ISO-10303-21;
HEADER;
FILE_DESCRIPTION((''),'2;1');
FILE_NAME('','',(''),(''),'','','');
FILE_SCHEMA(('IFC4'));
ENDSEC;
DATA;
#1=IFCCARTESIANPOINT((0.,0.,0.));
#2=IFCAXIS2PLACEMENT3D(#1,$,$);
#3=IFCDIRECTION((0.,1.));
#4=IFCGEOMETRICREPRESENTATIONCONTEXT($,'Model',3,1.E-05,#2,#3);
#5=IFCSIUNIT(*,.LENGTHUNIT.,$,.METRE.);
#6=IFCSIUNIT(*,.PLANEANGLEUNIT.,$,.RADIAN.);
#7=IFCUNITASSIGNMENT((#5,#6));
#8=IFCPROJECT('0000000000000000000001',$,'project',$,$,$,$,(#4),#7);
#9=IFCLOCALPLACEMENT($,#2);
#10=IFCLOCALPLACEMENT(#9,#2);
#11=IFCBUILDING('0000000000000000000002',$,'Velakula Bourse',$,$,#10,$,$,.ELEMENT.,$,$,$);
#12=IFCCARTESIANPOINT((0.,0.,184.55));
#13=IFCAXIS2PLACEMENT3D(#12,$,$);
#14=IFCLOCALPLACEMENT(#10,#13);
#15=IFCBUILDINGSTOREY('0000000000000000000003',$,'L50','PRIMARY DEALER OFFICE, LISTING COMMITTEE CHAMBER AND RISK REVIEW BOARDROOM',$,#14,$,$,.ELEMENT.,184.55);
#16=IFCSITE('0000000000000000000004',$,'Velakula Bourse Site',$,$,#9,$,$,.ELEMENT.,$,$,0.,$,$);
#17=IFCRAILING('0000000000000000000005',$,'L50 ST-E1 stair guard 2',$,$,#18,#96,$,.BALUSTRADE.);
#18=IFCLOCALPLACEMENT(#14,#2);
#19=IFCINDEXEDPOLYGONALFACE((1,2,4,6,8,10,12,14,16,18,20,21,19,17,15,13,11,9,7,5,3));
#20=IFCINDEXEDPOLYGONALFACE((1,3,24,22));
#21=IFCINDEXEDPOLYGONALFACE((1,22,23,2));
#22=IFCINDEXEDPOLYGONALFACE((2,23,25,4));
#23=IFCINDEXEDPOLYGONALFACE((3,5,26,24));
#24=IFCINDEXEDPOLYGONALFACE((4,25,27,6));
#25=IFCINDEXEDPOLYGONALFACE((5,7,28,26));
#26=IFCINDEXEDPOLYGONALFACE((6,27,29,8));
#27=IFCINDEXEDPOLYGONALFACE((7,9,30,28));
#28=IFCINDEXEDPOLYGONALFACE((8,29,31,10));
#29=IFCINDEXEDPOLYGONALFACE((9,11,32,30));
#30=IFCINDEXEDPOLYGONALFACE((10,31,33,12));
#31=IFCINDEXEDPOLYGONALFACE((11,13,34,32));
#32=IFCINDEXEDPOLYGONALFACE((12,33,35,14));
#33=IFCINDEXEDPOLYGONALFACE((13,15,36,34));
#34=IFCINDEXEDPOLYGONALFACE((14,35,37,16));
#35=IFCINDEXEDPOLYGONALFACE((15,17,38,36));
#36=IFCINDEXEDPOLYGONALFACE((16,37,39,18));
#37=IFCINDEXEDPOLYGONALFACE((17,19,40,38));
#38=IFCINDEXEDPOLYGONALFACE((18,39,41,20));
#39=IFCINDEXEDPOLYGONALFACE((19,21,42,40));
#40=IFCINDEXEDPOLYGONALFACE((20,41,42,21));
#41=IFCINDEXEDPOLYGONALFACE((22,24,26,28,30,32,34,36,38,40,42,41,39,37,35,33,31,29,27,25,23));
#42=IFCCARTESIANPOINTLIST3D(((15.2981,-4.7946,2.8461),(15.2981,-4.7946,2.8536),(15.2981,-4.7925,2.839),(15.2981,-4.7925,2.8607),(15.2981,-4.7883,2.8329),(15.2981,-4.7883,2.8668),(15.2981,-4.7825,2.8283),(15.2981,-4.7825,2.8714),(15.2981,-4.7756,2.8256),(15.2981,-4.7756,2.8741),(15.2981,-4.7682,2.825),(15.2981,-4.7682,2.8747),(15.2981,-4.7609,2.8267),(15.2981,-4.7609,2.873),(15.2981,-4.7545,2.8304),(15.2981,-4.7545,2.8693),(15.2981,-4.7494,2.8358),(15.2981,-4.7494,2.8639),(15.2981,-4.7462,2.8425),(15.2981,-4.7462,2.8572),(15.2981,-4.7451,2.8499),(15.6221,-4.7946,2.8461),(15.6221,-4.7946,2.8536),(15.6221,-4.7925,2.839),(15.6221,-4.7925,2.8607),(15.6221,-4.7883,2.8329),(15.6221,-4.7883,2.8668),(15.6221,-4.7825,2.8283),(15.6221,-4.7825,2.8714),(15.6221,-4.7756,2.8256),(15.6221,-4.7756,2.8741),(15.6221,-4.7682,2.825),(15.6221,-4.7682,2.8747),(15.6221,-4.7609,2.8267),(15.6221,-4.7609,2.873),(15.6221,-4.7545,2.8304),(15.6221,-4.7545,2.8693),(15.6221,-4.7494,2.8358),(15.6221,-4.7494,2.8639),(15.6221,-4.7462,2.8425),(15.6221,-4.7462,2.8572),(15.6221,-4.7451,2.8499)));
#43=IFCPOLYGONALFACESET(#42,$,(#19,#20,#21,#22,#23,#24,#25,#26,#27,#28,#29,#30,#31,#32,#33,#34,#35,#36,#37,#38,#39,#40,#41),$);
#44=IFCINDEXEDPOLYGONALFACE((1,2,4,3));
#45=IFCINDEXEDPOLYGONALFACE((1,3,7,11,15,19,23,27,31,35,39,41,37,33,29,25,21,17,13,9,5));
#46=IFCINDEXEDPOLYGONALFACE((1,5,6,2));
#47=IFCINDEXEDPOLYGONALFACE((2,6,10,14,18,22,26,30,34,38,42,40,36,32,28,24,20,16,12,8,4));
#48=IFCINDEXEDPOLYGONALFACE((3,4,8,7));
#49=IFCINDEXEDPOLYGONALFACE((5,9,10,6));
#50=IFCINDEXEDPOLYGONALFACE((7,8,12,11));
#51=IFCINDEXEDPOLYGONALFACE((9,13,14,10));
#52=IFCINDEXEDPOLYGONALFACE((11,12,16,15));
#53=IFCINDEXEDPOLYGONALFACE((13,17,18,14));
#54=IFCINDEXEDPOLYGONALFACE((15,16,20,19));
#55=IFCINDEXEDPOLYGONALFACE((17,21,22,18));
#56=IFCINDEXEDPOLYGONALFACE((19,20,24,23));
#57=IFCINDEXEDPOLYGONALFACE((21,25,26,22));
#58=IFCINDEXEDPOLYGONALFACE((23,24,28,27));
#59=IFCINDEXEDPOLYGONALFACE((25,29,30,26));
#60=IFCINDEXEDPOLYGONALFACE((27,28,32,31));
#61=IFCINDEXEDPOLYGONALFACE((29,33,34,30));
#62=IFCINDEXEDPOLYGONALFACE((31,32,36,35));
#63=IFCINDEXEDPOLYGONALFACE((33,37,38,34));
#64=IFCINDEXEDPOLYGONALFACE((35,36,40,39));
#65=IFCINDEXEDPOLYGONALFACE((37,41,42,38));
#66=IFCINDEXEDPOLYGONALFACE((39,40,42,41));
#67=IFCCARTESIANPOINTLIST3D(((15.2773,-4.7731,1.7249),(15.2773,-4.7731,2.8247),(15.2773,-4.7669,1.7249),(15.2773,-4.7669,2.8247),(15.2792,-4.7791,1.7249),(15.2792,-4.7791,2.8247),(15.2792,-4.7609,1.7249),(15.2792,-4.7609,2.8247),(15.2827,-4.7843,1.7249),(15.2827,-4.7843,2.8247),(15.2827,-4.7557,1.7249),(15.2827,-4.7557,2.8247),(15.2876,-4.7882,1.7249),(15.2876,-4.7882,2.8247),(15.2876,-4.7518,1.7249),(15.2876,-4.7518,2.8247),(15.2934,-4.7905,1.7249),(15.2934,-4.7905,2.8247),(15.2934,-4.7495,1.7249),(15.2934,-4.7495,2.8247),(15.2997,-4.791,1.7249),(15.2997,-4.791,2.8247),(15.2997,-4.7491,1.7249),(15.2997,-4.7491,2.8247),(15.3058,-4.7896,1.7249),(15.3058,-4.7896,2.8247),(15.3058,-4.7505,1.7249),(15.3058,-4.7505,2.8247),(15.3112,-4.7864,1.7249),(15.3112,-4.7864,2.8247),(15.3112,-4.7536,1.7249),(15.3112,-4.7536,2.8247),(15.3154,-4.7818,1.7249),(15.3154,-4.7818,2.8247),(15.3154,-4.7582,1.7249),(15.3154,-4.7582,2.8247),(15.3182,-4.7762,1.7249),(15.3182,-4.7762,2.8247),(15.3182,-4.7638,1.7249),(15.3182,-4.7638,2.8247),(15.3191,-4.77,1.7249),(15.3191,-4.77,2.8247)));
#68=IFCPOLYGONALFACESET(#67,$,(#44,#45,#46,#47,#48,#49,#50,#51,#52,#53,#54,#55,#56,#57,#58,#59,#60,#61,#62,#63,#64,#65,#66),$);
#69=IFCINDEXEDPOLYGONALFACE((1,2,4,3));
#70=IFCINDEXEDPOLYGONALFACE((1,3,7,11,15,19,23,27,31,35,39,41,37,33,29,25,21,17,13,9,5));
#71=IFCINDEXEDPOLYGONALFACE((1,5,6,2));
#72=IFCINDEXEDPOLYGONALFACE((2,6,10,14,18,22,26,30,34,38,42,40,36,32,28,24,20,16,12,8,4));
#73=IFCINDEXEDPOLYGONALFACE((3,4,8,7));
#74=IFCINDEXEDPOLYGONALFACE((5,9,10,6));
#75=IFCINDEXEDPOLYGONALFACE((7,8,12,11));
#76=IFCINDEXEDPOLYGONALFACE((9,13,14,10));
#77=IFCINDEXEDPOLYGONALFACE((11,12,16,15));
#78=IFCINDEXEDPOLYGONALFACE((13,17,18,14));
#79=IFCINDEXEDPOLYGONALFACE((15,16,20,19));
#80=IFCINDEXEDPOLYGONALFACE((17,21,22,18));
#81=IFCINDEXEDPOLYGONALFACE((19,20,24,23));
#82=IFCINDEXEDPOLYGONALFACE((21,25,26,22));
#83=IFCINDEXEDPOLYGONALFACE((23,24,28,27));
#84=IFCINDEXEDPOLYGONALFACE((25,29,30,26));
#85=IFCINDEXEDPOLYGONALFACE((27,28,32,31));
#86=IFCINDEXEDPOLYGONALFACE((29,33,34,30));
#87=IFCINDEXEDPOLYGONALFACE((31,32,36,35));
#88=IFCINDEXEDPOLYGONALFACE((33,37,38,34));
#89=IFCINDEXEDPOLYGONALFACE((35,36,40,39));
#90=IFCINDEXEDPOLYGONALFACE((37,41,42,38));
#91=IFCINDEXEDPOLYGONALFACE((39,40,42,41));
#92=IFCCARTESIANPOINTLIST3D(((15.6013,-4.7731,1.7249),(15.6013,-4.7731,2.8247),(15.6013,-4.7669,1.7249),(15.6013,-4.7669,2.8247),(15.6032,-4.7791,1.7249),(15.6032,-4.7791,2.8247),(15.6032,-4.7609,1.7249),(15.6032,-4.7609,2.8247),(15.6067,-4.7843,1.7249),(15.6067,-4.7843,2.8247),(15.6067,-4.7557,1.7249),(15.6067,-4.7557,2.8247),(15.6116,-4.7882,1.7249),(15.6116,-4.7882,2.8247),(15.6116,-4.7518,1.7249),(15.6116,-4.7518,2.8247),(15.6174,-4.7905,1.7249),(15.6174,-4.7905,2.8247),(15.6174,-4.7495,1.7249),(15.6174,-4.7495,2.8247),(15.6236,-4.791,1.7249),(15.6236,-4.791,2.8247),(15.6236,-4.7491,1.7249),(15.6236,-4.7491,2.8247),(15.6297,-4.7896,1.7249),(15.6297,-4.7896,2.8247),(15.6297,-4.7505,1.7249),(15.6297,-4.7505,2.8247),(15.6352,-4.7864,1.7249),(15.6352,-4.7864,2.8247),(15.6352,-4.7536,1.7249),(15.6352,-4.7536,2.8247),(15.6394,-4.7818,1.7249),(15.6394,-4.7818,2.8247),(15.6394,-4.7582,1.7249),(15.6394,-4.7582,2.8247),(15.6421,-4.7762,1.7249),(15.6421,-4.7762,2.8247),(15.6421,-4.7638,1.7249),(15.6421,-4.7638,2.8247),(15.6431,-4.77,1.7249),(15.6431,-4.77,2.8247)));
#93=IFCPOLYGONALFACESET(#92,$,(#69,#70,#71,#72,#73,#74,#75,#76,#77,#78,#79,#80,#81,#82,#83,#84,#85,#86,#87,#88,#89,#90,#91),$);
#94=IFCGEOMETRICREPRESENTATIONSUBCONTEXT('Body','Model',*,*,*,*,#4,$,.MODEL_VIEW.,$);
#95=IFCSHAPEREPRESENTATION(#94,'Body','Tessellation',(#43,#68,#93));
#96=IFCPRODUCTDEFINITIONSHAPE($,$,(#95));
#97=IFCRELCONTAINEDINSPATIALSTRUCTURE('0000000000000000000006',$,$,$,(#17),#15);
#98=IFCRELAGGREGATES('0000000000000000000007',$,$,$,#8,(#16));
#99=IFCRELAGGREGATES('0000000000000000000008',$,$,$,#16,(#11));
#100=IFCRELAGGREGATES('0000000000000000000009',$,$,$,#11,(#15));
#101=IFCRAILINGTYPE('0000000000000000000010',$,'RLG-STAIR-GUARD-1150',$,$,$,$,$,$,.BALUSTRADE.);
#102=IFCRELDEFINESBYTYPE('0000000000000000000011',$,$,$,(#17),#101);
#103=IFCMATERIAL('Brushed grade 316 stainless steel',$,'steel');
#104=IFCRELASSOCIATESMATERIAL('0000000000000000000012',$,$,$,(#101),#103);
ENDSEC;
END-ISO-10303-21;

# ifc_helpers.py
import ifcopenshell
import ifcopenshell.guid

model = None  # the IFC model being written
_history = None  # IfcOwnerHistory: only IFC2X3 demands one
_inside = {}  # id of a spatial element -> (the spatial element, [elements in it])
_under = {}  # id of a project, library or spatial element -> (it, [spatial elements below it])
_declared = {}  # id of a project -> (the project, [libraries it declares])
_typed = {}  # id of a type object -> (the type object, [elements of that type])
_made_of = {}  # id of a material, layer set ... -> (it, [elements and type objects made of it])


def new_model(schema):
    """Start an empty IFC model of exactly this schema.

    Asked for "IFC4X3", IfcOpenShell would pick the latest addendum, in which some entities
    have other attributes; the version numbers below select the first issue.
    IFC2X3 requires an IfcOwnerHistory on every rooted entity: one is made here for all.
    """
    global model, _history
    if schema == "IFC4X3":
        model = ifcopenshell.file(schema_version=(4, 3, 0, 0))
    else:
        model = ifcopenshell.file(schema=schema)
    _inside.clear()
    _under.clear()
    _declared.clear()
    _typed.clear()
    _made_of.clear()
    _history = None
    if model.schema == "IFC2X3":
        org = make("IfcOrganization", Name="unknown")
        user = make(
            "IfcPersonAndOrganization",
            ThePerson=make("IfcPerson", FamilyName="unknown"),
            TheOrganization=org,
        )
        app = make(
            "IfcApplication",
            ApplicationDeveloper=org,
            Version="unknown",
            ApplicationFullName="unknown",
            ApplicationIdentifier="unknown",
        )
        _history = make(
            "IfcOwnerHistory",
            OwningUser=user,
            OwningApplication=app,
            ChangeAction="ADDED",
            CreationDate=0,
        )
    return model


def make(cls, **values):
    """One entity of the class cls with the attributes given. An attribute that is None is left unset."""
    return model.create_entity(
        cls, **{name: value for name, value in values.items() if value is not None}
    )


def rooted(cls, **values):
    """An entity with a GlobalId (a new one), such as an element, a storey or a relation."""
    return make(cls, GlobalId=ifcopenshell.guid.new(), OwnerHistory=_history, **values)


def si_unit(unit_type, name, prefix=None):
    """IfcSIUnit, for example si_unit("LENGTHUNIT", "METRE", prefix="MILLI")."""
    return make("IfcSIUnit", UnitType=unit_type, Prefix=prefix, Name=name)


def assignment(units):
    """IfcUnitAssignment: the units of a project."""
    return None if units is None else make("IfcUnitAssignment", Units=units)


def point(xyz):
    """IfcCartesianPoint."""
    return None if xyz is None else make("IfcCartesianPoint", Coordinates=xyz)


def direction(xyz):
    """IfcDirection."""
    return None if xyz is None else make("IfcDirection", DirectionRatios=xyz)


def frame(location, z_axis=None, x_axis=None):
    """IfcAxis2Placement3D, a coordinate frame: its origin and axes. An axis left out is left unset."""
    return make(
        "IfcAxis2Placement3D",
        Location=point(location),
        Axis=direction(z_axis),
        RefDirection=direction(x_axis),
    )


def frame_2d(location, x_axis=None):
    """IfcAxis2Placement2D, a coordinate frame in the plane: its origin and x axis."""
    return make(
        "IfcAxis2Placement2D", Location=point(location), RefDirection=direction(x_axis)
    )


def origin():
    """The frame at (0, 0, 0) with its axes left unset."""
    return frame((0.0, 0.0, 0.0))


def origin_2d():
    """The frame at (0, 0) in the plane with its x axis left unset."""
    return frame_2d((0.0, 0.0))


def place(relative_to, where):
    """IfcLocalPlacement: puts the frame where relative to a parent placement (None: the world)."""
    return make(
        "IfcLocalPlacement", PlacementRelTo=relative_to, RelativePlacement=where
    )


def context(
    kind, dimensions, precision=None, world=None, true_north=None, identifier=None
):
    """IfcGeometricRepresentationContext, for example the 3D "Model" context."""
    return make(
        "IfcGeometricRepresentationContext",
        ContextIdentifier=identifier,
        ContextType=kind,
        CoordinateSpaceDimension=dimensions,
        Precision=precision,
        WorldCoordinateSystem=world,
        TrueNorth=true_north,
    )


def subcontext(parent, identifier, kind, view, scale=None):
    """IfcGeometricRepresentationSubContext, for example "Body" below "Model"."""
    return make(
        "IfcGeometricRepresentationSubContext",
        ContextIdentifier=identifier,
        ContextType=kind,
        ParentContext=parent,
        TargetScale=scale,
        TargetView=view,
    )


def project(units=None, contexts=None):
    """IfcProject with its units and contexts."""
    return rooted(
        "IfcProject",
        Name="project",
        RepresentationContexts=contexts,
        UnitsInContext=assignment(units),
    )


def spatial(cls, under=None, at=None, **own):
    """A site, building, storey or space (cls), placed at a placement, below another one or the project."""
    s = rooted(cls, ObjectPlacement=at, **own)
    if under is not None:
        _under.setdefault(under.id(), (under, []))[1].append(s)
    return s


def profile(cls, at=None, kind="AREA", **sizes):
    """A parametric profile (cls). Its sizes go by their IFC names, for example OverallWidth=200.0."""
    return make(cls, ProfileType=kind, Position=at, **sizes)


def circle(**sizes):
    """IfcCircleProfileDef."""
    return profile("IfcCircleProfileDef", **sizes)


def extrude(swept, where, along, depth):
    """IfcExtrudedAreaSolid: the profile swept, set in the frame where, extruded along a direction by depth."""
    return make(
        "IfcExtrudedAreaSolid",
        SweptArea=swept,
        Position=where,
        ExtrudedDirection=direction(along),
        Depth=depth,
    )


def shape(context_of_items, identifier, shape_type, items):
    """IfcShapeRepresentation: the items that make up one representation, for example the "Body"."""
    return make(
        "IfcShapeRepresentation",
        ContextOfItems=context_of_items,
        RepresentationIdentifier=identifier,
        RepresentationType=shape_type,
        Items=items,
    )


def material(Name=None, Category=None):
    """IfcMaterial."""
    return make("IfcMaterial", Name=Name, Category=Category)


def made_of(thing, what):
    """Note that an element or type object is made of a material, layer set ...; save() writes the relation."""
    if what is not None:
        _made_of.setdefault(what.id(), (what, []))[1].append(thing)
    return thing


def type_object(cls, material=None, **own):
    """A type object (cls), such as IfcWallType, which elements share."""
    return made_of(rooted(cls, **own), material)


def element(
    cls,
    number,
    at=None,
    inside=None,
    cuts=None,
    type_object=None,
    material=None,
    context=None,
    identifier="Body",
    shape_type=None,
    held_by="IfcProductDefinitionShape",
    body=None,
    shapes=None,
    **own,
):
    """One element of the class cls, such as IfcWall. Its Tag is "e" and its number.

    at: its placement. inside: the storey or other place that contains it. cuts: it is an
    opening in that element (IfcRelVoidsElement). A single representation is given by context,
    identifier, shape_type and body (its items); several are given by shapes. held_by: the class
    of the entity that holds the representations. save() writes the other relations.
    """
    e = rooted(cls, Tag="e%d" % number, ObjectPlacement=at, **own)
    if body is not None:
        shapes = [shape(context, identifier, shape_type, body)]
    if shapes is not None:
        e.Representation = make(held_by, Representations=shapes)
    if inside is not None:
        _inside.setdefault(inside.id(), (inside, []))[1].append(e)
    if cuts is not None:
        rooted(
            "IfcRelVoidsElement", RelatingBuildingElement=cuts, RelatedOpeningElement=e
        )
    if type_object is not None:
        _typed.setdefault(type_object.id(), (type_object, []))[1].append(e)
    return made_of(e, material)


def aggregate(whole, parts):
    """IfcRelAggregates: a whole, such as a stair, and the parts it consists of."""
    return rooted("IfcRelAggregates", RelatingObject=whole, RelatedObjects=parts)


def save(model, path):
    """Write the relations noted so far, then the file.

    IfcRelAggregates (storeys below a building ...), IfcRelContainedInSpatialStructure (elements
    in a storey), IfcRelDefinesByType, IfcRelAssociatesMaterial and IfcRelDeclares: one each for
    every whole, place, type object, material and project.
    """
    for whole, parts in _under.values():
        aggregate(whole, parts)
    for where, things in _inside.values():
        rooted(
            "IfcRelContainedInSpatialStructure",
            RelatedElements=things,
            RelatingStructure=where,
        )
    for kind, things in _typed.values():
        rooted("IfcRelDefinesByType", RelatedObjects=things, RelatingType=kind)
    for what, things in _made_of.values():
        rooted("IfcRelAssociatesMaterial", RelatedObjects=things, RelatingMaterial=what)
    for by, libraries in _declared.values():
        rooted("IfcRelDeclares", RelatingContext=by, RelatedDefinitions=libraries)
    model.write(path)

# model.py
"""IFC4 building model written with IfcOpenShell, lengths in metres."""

from ifc_helpers import new_model, si_unit, direction, frame, origin, origin_2d, place, context, subcontext, project, spatial, circle, extrude, material, type_object, element, save


model = new_model("IFC4")

# Units and contexts
model_context = context("Model", 3, precision=1e-05, world=origin(), true_north=direction((0.0, 1.0)))
body_context = subcontext(model_context, "Body", "Model", "MODEL_VIEW")
ifc_project = project(units=[si_unit("LENGTHUNIT", "METRE"), si_unit("PLANEANGLEUNIT", "RADIAN")], contexts=[model_context])

# Site, building, storey
site_placement = place(None, origin())
site = spatial("IfcSite", under=ifc_project, at=site_placement, Name="Velakula Bourse Site", CompositionType="ELEMENT", RefElevation=0.0)
building_placement = place(site_placement, origin())
building = spatial("IfcBuilding", under=site, at=building_placement, Name="Velakula Bourse", CompositionType="ELEMENT")
storey_placement = place(building_placement, frame((0.0, 0.0, 184.55)))
storey = spatial("IfcBuildingStorey", under=building, at=storey_placement, Name="L50", Description="PRIMARY DEALER OFFICE, LISTING COMMITTEE CHAMBER AND RISK REVIEW BOARDROOM", CompositionType="ELEMENT", Elevation=184.55)

# Shared definitions
ifc_material_1 = material(Name="Brushed grade 316 stainless steel", Category="steel")

# Railing
railing_type_1 = type_object("IfcRailingType", Name="RLG-STAIR-GUARD-1150", PredefinedType="BALUSTRADE", material=ifc_material_1)
railing_1_placement = place(storey_placement, frame((15.2981, -4.77, 1.7249)))
element("IfcRailing", 1, at=railing_1_placement, inside=storey, type_object=railing_type_1, Name="L50 ST-E1 stair guard 2", PredefinedType="BALUSTRADE", context=body_context, shape_type="SweptSolid", body=[
    extrude(circle(Radius=0.0249, at=origin_2d()), frame((0.0, 0.0, 1.125), z_axis=(1.0, 0.0, 0.0), x_axis=(0.0, 1.0, 0.0)), (0.0, 0.0, 1.0), 0.324),
    extrude(circle(Radius=0.021, at=origin_2d()), origin(), (0.0, 0.0, 1.0), 1.0999),
    extrude(circle(Radius=0.021, at=origin_2d()), frame((0.324, 0.0, 0.0)), (0.0, 0.0, 1.0), 1.0999),
])

save(model, "model.ifc")
